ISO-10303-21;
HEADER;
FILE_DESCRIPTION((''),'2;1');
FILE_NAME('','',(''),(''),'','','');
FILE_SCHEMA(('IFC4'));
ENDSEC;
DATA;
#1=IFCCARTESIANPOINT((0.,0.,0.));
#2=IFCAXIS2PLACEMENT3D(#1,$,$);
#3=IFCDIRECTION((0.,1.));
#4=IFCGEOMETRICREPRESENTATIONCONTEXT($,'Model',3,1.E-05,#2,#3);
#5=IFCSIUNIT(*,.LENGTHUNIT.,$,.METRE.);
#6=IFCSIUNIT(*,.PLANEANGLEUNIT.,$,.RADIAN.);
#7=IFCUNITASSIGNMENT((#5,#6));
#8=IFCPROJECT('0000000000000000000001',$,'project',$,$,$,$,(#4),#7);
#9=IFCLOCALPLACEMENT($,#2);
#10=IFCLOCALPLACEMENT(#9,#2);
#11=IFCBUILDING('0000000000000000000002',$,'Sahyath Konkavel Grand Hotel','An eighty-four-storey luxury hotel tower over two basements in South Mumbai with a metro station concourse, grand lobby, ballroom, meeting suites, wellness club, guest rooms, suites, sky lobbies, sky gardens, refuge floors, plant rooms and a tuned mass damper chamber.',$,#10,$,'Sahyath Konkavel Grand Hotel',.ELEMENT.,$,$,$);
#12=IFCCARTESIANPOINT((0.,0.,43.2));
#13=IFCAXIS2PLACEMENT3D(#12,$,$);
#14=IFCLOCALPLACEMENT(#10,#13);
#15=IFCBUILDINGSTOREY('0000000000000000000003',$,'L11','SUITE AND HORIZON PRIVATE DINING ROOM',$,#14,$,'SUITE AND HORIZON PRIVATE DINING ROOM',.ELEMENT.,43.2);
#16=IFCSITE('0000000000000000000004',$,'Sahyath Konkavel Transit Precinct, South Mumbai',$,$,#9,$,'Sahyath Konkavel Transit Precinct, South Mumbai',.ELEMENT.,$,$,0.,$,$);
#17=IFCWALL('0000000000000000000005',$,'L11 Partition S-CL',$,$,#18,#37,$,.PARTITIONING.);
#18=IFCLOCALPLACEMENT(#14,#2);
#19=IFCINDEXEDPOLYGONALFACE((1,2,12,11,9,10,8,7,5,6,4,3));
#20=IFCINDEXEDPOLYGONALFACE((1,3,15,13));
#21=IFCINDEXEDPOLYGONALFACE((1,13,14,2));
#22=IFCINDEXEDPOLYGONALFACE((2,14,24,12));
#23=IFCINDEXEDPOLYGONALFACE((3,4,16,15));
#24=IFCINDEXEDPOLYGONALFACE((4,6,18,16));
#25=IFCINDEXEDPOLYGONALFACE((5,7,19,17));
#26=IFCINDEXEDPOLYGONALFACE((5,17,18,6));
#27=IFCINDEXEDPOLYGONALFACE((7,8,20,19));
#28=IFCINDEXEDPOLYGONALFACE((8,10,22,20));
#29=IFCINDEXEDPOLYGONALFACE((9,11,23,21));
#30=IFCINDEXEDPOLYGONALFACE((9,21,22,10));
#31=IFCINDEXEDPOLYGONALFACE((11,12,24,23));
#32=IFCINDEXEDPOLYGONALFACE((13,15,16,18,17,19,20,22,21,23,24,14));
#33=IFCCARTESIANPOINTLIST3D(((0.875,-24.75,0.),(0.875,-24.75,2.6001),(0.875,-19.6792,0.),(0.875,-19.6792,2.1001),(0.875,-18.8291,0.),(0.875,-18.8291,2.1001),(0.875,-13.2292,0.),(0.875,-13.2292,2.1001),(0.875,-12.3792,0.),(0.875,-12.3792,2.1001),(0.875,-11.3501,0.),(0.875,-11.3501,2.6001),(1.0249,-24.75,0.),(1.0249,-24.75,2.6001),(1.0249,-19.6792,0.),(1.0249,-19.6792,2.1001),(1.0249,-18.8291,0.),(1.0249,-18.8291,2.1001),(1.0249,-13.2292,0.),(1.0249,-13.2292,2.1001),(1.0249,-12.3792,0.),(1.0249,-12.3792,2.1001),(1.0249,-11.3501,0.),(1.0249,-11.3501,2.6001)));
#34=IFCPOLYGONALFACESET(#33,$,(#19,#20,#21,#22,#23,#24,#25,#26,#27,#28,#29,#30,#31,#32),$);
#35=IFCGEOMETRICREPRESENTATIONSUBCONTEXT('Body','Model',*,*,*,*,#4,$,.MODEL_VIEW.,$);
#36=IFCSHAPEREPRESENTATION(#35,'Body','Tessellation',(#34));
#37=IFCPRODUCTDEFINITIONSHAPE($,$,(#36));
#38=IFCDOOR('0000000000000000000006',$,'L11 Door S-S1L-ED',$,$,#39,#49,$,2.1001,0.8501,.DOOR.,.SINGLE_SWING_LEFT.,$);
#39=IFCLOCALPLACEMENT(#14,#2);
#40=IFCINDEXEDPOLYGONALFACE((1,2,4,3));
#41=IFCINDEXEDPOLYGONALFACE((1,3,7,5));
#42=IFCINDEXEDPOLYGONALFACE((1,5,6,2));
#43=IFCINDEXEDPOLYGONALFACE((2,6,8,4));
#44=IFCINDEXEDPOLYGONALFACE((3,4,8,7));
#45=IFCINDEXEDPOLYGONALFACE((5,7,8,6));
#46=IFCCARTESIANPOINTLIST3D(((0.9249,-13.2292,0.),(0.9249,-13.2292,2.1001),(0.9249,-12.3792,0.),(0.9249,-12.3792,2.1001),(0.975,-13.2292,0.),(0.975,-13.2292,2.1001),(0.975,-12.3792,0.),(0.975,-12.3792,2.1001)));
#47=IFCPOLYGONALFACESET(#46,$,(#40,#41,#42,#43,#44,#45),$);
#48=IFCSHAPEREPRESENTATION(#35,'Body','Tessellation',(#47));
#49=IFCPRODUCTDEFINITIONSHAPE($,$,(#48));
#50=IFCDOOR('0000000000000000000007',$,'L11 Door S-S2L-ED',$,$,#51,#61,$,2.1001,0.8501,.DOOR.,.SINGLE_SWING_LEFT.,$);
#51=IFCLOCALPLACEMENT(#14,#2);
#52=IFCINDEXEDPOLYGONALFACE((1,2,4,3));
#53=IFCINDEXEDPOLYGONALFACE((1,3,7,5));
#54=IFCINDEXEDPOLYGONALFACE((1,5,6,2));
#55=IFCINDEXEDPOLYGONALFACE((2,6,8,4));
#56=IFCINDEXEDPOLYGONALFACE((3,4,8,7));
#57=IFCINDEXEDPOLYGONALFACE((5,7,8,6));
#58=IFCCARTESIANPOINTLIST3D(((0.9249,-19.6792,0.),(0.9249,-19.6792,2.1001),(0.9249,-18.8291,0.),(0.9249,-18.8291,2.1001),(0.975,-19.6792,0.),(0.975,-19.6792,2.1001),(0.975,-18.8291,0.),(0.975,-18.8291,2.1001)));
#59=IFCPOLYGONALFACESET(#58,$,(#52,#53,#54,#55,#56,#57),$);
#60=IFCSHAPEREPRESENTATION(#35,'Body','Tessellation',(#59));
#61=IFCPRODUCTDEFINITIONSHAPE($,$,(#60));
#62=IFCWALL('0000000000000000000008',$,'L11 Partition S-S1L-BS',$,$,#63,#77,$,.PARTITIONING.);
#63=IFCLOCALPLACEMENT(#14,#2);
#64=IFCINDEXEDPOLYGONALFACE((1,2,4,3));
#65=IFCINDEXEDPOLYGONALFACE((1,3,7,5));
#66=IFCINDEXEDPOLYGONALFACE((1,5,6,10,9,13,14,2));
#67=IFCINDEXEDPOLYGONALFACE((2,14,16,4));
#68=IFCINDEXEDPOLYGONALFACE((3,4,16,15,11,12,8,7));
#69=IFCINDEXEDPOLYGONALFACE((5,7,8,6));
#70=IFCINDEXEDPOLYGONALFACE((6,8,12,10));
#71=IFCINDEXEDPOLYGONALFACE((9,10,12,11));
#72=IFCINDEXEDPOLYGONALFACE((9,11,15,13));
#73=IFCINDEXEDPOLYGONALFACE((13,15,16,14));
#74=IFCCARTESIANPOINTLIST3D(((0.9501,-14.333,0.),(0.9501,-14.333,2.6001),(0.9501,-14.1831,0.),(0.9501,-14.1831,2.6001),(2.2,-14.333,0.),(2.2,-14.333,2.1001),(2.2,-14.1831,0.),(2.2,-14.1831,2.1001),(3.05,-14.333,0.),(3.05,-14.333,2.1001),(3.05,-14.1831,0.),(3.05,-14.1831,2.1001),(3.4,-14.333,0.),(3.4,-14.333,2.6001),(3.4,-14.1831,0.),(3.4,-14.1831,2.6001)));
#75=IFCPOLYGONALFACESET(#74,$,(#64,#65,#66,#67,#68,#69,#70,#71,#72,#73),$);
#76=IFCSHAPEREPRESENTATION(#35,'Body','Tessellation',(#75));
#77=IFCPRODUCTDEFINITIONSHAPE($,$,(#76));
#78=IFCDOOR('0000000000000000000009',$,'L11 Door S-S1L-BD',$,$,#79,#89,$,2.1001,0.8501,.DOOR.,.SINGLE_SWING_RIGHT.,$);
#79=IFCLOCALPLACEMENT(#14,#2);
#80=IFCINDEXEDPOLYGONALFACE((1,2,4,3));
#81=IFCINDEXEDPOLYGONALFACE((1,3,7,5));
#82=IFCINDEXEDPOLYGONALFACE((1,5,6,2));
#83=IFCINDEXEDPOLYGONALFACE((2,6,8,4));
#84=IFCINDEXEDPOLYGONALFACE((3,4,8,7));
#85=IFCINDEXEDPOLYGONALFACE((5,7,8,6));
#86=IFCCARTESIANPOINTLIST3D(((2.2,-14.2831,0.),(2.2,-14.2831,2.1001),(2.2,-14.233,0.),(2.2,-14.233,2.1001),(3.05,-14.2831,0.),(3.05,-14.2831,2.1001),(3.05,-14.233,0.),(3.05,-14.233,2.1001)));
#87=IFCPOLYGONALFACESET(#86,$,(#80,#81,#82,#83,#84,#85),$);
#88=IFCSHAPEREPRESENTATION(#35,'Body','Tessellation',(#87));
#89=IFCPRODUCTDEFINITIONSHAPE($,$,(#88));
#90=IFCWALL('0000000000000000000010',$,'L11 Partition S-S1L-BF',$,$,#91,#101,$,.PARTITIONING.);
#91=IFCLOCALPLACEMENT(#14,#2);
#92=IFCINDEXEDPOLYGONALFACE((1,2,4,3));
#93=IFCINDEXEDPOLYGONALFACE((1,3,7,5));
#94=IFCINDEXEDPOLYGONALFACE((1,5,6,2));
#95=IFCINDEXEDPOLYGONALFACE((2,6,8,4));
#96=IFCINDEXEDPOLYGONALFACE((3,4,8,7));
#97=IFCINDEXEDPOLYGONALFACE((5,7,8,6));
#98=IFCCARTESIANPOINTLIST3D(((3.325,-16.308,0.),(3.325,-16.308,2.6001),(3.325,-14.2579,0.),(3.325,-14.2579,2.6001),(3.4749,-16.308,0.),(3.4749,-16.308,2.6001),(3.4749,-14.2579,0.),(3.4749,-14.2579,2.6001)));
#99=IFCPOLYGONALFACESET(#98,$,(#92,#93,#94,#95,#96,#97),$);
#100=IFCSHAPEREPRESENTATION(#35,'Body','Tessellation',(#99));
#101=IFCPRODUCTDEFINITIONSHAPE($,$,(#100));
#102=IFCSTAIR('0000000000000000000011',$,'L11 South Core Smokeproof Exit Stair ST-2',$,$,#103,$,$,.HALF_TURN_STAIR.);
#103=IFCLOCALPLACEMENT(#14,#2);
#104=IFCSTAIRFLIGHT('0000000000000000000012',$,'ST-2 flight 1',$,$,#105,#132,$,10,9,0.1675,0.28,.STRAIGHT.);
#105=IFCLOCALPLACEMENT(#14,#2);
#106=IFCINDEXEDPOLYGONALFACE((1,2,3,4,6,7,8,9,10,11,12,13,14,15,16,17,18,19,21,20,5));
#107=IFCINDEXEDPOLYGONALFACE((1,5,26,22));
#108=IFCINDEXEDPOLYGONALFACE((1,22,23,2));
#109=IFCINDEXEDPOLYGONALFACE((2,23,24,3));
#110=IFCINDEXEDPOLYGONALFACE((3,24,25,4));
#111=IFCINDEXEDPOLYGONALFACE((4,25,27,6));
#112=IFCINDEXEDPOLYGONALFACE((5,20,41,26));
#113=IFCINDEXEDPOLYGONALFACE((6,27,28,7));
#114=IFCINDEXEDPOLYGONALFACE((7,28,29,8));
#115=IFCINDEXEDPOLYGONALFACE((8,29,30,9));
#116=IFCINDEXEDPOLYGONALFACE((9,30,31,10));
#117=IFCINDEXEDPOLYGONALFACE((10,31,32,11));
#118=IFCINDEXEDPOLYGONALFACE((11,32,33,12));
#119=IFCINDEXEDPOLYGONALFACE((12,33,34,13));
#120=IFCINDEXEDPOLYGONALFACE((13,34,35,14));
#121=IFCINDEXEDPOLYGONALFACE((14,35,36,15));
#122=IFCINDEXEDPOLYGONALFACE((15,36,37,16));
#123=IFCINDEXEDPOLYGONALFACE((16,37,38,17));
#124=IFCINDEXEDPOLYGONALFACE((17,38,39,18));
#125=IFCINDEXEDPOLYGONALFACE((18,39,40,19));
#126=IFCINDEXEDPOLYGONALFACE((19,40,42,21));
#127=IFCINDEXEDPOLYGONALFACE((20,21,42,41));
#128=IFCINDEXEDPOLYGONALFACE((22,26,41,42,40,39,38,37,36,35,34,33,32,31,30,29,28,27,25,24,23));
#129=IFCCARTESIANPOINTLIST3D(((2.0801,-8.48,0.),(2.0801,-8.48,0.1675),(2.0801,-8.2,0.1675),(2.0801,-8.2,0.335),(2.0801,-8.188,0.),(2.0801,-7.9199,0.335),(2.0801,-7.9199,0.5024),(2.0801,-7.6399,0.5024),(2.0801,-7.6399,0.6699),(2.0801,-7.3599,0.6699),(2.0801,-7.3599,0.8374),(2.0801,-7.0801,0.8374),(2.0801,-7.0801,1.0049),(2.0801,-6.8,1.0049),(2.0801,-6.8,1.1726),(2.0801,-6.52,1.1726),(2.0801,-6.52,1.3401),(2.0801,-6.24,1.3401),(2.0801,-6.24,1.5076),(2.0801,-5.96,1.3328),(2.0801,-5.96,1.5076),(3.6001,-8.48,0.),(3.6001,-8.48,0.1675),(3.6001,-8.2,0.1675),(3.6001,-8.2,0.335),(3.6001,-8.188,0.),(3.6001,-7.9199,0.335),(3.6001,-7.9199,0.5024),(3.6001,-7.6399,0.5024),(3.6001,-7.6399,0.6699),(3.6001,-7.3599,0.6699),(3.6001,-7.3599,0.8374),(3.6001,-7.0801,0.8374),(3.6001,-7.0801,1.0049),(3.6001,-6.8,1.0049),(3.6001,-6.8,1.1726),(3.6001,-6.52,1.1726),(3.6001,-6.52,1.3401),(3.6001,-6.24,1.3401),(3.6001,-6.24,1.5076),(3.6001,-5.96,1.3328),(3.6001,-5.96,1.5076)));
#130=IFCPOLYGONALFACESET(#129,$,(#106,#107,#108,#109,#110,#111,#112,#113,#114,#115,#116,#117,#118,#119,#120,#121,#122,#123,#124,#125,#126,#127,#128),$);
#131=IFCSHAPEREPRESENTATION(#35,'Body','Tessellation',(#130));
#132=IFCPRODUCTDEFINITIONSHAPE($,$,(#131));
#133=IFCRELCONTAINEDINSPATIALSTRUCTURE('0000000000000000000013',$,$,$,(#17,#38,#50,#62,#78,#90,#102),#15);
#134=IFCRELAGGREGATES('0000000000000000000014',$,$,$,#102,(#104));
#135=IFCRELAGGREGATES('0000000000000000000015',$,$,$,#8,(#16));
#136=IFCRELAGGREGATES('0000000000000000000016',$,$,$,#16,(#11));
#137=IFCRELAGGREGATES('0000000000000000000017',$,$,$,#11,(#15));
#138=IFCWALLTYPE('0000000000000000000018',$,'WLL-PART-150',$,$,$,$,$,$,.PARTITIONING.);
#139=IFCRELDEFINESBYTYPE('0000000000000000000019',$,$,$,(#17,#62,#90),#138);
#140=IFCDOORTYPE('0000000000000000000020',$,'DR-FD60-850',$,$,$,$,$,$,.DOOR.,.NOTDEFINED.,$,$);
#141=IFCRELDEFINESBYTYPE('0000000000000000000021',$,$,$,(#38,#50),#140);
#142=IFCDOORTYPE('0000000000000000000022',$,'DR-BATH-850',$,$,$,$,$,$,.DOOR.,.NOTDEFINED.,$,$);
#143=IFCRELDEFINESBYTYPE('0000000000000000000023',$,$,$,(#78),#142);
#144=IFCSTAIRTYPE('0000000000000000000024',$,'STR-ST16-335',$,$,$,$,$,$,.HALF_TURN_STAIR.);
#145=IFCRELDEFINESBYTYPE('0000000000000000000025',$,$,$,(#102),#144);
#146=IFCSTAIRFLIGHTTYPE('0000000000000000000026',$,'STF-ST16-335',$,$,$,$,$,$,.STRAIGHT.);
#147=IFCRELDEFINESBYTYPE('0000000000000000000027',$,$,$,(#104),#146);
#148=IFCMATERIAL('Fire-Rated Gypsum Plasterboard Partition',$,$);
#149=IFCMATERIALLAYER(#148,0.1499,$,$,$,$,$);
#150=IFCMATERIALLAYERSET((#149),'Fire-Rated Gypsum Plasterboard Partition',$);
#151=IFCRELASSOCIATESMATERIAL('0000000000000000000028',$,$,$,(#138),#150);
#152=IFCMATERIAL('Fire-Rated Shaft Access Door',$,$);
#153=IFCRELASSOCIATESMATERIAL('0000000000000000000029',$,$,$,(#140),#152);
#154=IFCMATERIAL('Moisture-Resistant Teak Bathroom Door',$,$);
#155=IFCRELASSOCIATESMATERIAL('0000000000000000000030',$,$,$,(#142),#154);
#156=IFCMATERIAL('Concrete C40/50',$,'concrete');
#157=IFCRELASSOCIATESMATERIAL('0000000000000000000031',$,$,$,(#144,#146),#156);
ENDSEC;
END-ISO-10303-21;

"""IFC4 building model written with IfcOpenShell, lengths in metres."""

from ifc_helpers import new_model, si_unit, direction, frame, frame_2d, origin, origin_2d, place, context, subcontext, project, spatial, polyline, rectangle, outline, extrude, source, transform, mapped, material, layer, layer_set, type_object, element, fill, aggregate, save


model = new_model("IFC4")

# Units and contexts
model_context = context("Model", 3, precision=1e-05, world=origin(), true_north=direction((0.0, 1.0)))
body_context = subcontext(model_context, "Body", "Model", "MODEL_VIEW")
ifc_project = project(units=[si_unit("LENGTHUNIT", "METRE"), si_unit("PLANEANGLEUNIT", "RADIAN")], contexts=[model_context])

# Site, building, storey
site_placement = place(None, origin())
site = spatial("IfcSite", under=ifc_project, at=site_placement, Name="Sahyath Konkavel Transit Precinct, South Mumbai", LongName="Sahyath Konkavel Transit Precinct, South Mumbai", CompositionType="ELEMENT", RefElevation=0.0)
building_placement = place(site_placement, origin())
building = spatial("IfcBuilding", under=site, at=building_placement, Name="Sahyath Konkavel Grand Hotel", Description="An eighty-four-storey luxury hotel tower over two basements in South Mumbai with a metro station concourse, grand lobby, ballroom, meeting suites, wellness club, guest rooms, suites, sky lobbies, sky gardens, refuge floors, plant rooms and a tuned mass damper chamber.", LongName="Sahyath Konkavel Grand Hotel", CompositionType="ELEMENT")
storey_placement = place(building_placement, frame((0.0, 0.0, 43.2)))
storey = spatial("IfcBuildingStorey", under=building, at=storey_placement, Name="L11", Description="SUITE AND HORIZON PRIVATE DINING ROOM", LongName="SUITE AND HORIZON PRIVATE DINING ROOM", CompositionType="ELEMENT", Elevation=43.2)

# Shared definitions
ifc_material_1 = material(Name="Concrete C40/50", Category="concrete")

# Wall, openings, doors
ifc_material_2 = material(Name="Fire-Rated Gypsum Plasterboard Partition")
ifc_layer_1 = layer(ifc_material_2, 0.1499)
ifc_layer_set_1 = layer_set([ifc_layer_1], Name="Fire-Rated Gypsum Plasterboard Partition")
wall_type_1 = type_object("IfcWallType", Name="WLL-PART-150", PredefinedType="PARTITIONING", material=ifc_layer_set_1)
wall_1_placement = place(storey_placement, frame((0.95, -11.3501, 0.0), z_axis=(0.0, 0.0, 1.0), x_axis=(0.0, -1.0, 0.0)))
wall_1 = element("IfcWall", 1, at=wall_1_placement, inside=storey, type_object=wall_type_1, Name="L11 Partition S-CL", PredefinedType="PARTITIONING", context=body_context, shape_type="SweptSolid", body=[
    extrude(rectangle(XDim=13.3999, YDim=0.1499, at=frame_2d((6.7, 0.0))), origin(), (0.0, 0.0, 1.0), 2.6001),
])
opening_1_placement = place(wall_1_placement, frame((1.0291, 0.0, 0.0)))
opening_1 = element("IfcOpeningElement", 2, at=opening_1_placement, cuts=wall_1, PredefinedType="OPENING", context=body_context, shape_type="SweptSolid", body=[
    extrude(rectangle(XDim=0.8501, YDim=2.1001, at=frame_2d((0.425, 1.05))), frame((0.0, 0.085, 0.0), z_axis=(0.0, -1.0, 0.0), x_axis=(1.0, 0.0, 0.0)), (0.0, 0.0, 1.0), 0.1699),
])
opening_2_placement = place(wall_1_placement, frame((7.479, 0.0, 0.0)))
opening_2 = element("IfcOpeningElement", 3, at=opening_2_placement, cuts=wall_1, PredefinedType="OPENING", context=body_context, shape_type="SweptSolid", body=[
    extrude(rectangle(XDim=0.8501, YDim=2.1001, at=frame_2d((0.425, 1.05))), frame((0.0, 0.085, 0.0), z_axis=(0.0, -1.0, 0.0), x_axis=(1.0, 0.0, 0.0)), (0.0, 0.0, 1.0), 0.1699),
])
ifc_material_3 = material(Name="Fire-Rated Shaft Access Door")
door_type_1 = type_object("IfcDoorType", Name="DR-FD60-850", OperationType="NOTDEFINED", PredefinedType="DOOR", material=ifc_material_3)
shared_shape_1 = source(origin(), body_context, "Body", "SweptSolid", [
    extrude(rectangle(XDim=0.8501, YDim=0.05, at=origin_2d()), origin(), (0.0, 0.0, 1.0), 2.1001),
])
door_1_placement = place(opening_1_placement, frame((0.425, 0.0, 0.0)))
door_1 = element("IfcDoor", 4, at=door_1_placement, inside=storey, type_object=door_type_1, Name="L11 Door S-S1L-ED", OperationType="SINGLE_SWING_LEFT", OverallHeight=2.1001, OverallWidth=0.8501, PredefinedType="DOOR", context=body_context, shape_type="MappedRepresentation", body=[
    mapped(shared_shape_1, transform((0.0, 0.0, 0.0), scale=1.0)),
])
fill(opening_1, door_1)
door_2_placement = place(opening_2_placement, frame((0.425, 0.0, 0.0)))
door_2 = element("IfcDoor", 5, at=door_2_placement, inside=storey, type_object=door_type_1, Name="L11 Door S-S2L-ED", OperationType="SINGLE_SWING_LEFT", OverallHeight=2.1001, OverallWidth=0.8501, PredefinedType="DOOR", context=body_context, shape_type="MappedRepresentation", body=[
    mapped(shared_shape_1, transform((0.0, 0.0, 0.0), scale=1.0)),
])
fill(opening_2, door_2)

# Wall, opening, door
wall_2_placement = place(storey_placement, frame((0.95, -14.2581, 0.0), z_axis=(0.0, 0.0, 1.0), x_axis=(1.0, 0.0, 0.0)))
wall_2 = element("IfcWall", 6, at=wall_2_placement, inside=storey, type_object=wall_type_1, Name="L11 Partition S-S1L-BS", PredefinedType="PARTITIONING", context=body_context, shape_type="SweptSolid", body=[
    extrude(rectangle(XDim=2.45, YDim=0.1499, at=frame_2d((1.2251, 0.0))), origin(), (0.0, 0.0, 1.0), 2.6001),
])
opening_3_placement = place(wall_2_placement, frame((1.25, 0.0, 0.0)))
opening_3 = element("IfcOpeningElement", 7, at=opening_3_placement, cuts=wall_2, PredefinedType="OPENING", context=body_context, shape_type="SweptSolid", body=[
    extrude(rectangle(XDim=0.8501, YDim=2.1001, at=frame_2d((0.425, 1.05))), frame((0.0, 0.085, 0.0), z_axis=(0.0, -1.0, 0.0), x_axis=(1.0, 0.0, 0.0)), (0.0, 0.0, 1.0), 0.1699),
])
ifc_material_4 = material(Name="Moisture-Resistant Teak Bathroom Door")
door_type_2 = type_object("IfcDoorType", Name="DR-BATH-850", OperationType="NOTDEFINED", PredefinedType="DOOR", material=ifc_material_4)
door_3_placement = place(opening_3_placement, frame((0.425, 0.0, 0.0)))
door_3 = element("IfcDoor", 8, at=door_3_placement, inside=storey, type_object=door_type_2, Name="L11 Door S-S1L-BD", OperationType="SINGLE_SWING_RIGHT", OverallHeight=2.1001, OverallWidth=0.8501, PredefinedType="DOOR", context=body_context, shape_type="MappedRepresentation", body=[
    mapped(shared_shape_1, transform((0.0, 0.0, 0.0), scale=1.0)),
])
fill(opening_3, door_3)

# Wall
wall_3_placement = place(storey_placement, frame((3.3999, -14.2581, 0.0), z_axis=(0.0, 0.0, 1.0), x_axis=(0.0, -1.0, 0.0)))
element("IfcWall", 9, at=wall_3_placement, inside=storey, type_object=wall_type_1, Name="L11 Partition S-S1L-BF", PredefinedType="PARTITIONING", context=body_context, shape_type="SweptSolid", body=[
    extrude(rectangle(XDim=2.05, YDim=0.1499, at=frame_2d((1.0249, 0.0))), origin(), (0.0, 0.0, 1.0), 2.6001),
])

# Stair, stair flight
stair_type = type_object("IfcStairType", Name="STR-ST16-335", PredefinedType="HALF_TURN_STAIR", material=ifc_material_1)
stair_placement = place(storey_placement, origin())
stair = element("IfcStair", 10, at=stair_placement, inside=storey, type_object=stair_type, Name="L11 South Core Smokeproof Exit Stair ST-2", PredefinedType="HALF_TURN_STAIR")
stair_flight_type = type_object("IfcStairFlightType", Name="STF-ST16-335", PredefinedType="STRAIGHT", material=ifc_material_1)
stair_flight_placement = place(storey_placement, frame((2.8401, -8.48, 0.0), z_axis=(0.0, 0.0, 1.0), x_axis=(0.0, 1.0, 0.0)))
stair_flight = element("IfcStairFlight", 11, at=stair_flight_placement, type_object=stair_flight_type, Name="ST-2 flight 1", NumberOfRisers=10, NumberOfTreads=9, PredefinedType="STRAIGHT", RiserHeight=0.1675, TreadLength=0.28, context=body_context, shape_type="SweptSolid", body=[
    extrude(outline(polyline([(0.0, 0.0), (0.0, 0.1675), (0.28, 0.1675), (0.28, 0.335), (0.5601, 0.335), (0.5601, 0.5024), (0.8401, 0.5024), (0.8401, 0.6699), (1.1201, 0.6699), (1.1201, 0.8374), (1.3999, 0.8374), (1.3999, 1.0049), (1.6799, 1.0049), (1.6799, 1.1726), (1.96, 1.1726), (1.96, 1.3401), (2.24, 1.3401), (2.24, 1.5076), (2.52, 1.5076), (2.52, 1.675), (2.52, 1.3328), (0.292, 0.0), (0.0, 0.0)])), frame((0.0, 0.76, 0.0), z_axis=(0.0, -1.0, 0.0), x_axis=(1.0, 0.0, 0.0)), (0.0, 0.0, 1.0), 1.52),
])
aggregate(stair, [stair_flight])

save(model, "model.ifc")
